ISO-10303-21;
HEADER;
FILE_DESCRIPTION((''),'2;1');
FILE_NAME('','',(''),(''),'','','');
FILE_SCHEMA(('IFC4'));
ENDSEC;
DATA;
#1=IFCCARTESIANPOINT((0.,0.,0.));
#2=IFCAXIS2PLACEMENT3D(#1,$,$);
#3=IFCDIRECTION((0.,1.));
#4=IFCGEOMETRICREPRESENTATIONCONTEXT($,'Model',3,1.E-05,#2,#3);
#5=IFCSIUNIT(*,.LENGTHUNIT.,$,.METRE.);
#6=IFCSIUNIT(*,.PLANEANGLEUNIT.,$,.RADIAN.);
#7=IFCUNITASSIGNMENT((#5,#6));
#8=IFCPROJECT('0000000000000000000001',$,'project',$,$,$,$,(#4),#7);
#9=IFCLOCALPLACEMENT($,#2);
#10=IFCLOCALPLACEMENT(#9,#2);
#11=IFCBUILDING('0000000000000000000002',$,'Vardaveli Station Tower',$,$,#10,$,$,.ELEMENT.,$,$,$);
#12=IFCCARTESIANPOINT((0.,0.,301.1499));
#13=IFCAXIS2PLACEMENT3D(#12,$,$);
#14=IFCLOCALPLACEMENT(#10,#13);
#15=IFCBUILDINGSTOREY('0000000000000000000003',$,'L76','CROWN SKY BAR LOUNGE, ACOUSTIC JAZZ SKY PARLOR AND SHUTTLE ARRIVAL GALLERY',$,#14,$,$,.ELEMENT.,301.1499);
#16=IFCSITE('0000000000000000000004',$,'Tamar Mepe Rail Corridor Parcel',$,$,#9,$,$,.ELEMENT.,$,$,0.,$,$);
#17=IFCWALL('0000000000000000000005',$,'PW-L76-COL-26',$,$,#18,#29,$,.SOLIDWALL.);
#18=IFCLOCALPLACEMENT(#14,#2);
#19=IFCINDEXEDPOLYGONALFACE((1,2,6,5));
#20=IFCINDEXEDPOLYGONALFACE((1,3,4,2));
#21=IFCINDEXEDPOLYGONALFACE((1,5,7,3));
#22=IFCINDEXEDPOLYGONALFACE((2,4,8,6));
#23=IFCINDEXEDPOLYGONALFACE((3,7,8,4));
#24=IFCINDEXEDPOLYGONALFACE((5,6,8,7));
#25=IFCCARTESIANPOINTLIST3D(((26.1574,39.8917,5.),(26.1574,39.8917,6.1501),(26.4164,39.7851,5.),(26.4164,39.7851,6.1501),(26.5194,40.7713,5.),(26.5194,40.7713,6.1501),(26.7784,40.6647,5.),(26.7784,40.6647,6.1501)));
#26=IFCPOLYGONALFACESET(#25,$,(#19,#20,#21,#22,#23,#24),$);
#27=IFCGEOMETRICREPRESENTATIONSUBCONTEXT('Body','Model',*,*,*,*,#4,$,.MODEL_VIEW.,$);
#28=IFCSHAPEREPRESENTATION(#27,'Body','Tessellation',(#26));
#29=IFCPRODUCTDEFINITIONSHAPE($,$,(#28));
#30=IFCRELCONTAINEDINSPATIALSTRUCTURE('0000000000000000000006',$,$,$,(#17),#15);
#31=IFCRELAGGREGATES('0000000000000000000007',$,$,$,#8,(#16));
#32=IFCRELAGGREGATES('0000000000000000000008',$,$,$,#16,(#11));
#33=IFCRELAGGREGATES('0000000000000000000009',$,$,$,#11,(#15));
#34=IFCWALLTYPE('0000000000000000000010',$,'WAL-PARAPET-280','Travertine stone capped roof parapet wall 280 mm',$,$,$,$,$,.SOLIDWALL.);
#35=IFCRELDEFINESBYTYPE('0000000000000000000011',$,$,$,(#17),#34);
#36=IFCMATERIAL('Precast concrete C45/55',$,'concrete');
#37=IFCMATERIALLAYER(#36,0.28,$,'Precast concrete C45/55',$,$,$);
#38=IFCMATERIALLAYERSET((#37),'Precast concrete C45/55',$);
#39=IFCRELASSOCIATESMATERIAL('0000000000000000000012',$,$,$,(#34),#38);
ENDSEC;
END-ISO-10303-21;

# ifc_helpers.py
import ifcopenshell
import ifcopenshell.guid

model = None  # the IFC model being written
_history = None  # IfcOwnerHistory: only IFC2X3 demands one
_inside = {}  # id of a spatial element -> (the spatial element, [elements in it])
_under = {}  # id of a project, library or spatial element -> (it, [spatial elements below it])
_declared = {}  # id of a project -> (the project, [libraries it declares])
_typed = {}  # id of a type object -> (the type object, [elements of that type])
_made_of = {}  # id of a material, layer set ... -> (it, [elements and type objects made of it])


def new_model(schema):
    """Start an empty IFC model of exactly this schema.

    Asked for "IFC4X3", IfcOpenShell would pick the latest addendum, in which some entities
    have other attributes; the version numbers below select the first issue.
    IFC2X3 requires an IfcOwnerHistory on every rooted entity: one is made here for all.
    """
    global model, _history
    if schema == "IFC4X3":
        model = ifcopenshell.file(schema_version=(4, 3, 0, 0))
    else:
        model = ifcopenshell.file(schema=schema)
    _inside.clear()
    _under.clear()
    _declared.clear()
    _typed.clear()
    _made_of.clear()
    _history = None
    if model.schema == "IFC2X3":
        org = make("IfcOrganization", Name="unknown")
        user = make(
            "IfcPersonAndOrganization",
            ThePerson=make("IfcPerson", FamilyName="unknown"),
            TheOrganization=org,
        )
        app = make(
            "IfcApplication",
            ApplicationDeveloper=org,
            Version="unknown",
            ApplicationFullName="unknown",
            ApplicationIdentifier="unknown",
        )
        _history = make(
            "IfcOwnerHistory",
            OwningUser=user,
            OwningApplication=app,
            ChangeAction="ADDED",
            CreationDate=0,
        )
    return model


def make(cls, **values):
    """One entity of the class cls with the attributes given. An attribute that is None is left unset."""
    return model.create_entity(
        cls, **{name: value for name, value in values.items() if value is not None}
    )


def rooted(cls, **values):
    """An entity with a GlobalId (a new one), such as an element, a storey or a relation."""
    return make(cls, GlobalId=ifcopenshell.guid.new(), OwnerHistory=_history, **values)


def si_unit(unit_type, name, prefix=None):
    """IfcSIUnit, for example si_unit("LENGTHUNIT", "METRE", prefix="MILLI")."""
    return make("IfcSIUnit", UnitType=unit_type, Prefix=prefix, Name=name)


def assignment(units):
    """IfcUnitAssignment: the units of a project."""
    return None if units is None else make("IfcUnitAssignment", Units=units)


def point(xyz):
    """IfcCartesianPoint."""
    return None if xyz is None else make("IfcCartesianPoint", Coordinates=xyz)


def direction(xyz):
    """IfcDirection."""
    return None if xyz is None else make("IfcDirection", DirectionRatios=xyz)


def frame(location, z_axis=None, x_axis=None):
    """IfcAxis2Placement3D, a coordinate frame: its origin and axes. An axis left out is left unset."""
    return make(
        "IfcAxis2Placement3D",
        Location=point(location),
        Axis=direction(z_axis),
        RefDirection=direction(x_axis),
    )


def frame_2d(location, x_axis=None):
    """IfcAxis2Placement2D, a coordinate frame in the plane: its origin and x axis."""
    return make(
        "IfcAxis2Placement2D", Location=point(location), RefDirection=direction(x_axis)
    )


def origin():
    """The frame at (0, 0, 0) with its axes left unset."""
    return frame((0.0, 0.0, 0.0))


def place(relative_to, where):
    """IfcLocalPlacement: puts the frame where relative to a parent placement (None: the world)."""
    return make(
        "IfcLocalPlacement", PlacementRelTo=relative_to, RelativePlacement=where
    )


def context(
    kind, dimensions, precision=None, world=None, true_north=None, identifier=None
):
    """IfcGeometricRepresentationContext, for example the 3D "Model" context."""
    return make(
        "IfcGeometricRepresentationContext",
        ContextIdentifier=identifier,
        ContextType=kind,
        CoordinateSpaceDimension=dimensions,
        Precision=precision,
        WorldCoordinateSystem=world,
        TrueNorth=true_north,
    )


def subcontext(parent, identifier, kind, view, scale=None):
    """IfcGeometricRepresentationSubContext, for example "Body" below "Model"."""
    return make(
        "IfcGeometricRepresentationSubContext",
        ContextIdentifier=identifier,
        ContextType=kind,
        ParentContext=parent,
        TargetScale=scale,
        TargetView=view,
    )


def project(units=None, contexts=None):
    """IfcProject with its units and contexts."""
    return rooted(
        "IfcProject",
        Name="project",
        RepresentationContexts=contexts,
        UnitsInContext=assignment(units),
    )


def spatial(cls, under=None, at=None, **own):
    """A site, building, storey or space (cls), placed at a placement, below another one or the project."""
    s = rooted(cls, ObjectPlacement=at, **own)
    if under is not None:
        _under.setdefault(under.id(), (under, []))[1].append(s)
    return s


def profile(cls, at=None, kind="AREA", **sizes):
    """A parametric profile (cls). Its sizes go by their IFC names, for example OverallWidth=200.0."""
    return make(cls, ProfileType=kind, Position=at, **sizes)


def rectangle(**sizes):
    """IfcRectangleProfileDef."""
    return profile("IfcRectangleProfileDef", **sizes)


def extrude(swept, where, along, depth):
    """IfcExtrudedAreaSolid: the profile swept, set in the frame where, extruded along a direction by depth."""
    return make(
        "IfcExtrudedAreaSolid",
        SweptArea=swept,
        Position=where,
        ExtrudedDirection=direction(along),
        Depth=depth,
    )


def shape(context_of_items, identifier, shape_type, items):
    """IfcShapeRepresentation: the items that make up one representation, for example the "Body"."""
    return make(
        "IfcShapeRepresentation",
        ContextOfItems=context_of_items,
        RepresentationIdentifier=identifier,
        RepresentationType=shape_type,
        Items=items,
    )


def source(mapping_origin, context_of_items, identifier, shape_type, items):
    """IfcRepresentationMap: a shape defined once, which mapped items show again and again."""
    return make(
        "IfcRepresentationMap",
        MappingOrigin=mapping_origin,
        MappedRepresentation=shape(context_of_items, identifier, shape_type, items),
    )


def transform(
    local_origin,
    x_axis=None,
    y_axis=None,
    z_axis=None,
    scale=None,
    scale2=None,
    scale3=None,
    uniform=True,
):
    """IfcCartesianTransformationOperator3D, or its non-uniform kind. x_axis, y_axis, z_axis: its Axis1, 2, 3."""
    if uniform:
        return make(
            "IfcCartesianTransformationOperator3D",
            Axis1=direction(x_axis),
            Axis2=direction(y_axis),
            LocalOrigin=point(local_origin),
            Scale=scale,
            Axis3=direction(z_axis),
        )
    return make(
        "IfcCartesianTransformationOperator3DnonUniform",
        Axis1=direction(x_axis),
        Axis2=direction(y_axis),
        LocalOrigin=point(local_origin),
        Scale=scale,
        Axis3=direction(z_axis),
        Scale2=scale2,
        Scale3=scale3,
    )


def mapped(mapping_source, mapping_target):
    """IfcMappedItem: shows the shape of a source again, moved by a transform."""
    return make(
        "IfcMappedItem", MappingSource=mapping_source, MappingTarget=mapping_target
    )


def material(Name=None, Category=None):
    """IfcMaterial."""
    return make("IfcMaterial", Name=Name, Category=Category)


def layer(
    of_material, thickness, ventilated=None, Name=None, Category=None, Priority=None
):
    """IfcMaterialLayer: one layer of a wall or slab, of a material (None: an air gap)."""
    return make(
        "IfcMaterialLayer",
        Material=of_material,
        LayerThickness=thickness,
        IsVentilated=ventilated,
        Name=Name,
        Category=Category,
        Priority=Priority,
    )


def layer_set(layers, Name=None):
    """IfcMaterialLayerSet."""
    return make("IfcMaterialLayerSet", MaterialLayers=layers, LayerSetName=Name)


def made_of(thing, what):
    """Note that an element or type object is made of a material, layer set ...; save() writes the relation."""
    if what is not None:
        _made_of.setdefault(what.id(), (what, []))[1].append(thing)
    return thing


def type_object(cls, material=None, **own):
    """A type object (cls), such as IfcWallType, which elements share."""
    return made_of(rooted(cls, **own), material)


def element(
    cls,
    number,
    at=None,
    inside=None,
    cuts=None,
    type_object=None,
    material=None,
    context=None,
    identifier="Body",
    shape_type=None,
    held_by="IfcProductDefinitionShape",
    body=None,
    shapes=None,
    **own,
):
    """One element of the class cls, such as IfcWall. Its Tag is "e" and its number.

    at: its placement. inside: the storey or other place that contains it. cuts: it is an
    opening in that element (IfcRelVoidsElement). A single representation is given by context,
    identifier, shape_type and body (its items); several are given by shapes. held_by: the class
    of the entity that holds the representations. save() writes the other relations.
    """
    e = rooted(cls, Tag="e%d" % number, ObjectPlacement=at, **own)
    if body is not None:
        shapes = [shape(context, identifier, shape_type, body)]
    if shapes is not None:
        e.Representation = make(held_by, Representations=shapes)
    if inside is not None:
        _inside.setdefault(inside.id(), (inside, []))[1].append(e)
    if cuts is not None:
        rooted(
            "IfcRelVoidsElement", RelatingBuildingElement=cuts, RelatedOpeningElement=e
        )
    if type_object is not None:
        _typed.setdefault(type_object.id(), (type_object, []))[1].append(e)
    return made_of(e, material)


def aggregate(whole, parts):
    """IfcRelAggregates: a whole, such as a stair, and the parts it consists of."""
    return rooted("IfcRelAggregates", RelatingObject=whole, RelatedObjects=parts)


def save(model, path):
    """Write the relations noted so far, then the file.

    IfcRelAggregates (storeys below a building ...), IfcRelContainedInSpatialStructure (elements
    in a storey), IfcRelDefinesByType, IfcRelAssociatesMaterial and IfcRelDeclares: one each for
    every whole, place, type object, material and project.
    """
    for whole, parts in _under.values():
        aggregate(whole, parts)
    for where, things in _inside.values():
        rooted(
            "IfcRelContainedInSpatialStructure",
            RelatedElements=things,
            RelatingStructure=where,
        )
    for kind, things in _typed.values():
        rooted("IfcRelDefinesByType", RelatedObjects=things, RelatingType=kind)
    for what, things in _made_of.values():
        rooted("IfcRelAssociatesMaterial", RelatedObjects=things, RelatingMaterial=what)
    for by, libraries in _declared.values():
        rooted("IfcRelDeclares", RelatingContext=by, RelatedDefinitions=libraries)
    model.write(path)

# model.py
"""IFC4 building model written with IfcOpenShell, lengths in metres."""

from ifc_helpers import new_model, si_unit, direction, frame, frame_2d, origin, place, context, subcontext, project, spatial, rectangle, extrude, source, transform, mapped, material, layer, layer_set, type_object, element, save


model = new_model("IFC4")

# Units and contexts
model_context = context("Model", 3, precision=1e-05, world=origin(), true_north=direction((0.0, 1.0)))
body_context = subcontext(model_context, "Body", "Model", "MODEL_VIEW")
ifc_project = project(units=[si_unit("LENGTHUNIT", "METRE"), si_unit("PLANEANGLEUNIT", "RADIAN")], contexts=[model_context])

# Site, building, storey
site_placement = place(None, origin())
site = spatial("IfcSite", under=ifc_project, at=site_placement, Name="Tamar Mepe Rail Corridor Parcel", CompositionType="ELEMENT", RefElevation=0.0)
building_placement = place(site_placement, origin())
building = spatial("IfcBuilding", under=site, at=building_placement, Name="Vardaveli Station Tower", CompositionType="ELEMENT")
storey_placement = place(building_placement, frame((0.0, 0.0, 301.1499)))
storey = spatial("IfcBuildingStorey", under=building, at=storey_placement, Name="L76", Description="CROWN SKY BAR LOUNGE, ACOUSTIC JAZZ SKY PARLOR AND SHUTTLE ARRIVAL GALLERY", CompositionType="ELEMENT", Elevation=301.1499)

# Wall
ifc_material_1 = material(Name="Precast concrete C45/55", Category="concrete")
ifc_layer_1 = layer(ifc_material_1, 0.28, Name="Precast concrete C45/55")
ifc_layer_set_1 = layer_set([ifc_layer_1], Name="Precast concrete C45/55")
wall_type = type_object("IfcWallType", Name="WAL-PARAPET-280", Description="Travertine stone capped roof parapet wall 280 mm", PredefinedType="SOLIDWALL", material=ifc_layer_set_1)
shared_shape_1 = source(origin(), body_context, "Body", "SweptSolid", [
    extrude(rectangle(XDim=0.9512, YDim=0.28, at=frame_2d((0.4756, 0.0))), origin(), (0.0, 0.0, 1.0), 1.1501),
])
wall_1_placement = place(storey_placement, frame((26.6489, 40.718, 5.0), z_axis=(0.0, 0.0, 1.0), x_axis=(-0.380621, -0.924731, 0.0)))
element("IfcWall", 1, at=wall_1_placement, inside=storey, type_object=wall_type, Name="PW-L76-COL-26", PredefinedType="SOLIDWALL", context=body_context, shape_type="MappedRepresentation", body=[
    mapped(shared_shape_1, transform((0.0, 0.0, 0.0), scale=1.0)),
])

save(model, "model.ifc")
